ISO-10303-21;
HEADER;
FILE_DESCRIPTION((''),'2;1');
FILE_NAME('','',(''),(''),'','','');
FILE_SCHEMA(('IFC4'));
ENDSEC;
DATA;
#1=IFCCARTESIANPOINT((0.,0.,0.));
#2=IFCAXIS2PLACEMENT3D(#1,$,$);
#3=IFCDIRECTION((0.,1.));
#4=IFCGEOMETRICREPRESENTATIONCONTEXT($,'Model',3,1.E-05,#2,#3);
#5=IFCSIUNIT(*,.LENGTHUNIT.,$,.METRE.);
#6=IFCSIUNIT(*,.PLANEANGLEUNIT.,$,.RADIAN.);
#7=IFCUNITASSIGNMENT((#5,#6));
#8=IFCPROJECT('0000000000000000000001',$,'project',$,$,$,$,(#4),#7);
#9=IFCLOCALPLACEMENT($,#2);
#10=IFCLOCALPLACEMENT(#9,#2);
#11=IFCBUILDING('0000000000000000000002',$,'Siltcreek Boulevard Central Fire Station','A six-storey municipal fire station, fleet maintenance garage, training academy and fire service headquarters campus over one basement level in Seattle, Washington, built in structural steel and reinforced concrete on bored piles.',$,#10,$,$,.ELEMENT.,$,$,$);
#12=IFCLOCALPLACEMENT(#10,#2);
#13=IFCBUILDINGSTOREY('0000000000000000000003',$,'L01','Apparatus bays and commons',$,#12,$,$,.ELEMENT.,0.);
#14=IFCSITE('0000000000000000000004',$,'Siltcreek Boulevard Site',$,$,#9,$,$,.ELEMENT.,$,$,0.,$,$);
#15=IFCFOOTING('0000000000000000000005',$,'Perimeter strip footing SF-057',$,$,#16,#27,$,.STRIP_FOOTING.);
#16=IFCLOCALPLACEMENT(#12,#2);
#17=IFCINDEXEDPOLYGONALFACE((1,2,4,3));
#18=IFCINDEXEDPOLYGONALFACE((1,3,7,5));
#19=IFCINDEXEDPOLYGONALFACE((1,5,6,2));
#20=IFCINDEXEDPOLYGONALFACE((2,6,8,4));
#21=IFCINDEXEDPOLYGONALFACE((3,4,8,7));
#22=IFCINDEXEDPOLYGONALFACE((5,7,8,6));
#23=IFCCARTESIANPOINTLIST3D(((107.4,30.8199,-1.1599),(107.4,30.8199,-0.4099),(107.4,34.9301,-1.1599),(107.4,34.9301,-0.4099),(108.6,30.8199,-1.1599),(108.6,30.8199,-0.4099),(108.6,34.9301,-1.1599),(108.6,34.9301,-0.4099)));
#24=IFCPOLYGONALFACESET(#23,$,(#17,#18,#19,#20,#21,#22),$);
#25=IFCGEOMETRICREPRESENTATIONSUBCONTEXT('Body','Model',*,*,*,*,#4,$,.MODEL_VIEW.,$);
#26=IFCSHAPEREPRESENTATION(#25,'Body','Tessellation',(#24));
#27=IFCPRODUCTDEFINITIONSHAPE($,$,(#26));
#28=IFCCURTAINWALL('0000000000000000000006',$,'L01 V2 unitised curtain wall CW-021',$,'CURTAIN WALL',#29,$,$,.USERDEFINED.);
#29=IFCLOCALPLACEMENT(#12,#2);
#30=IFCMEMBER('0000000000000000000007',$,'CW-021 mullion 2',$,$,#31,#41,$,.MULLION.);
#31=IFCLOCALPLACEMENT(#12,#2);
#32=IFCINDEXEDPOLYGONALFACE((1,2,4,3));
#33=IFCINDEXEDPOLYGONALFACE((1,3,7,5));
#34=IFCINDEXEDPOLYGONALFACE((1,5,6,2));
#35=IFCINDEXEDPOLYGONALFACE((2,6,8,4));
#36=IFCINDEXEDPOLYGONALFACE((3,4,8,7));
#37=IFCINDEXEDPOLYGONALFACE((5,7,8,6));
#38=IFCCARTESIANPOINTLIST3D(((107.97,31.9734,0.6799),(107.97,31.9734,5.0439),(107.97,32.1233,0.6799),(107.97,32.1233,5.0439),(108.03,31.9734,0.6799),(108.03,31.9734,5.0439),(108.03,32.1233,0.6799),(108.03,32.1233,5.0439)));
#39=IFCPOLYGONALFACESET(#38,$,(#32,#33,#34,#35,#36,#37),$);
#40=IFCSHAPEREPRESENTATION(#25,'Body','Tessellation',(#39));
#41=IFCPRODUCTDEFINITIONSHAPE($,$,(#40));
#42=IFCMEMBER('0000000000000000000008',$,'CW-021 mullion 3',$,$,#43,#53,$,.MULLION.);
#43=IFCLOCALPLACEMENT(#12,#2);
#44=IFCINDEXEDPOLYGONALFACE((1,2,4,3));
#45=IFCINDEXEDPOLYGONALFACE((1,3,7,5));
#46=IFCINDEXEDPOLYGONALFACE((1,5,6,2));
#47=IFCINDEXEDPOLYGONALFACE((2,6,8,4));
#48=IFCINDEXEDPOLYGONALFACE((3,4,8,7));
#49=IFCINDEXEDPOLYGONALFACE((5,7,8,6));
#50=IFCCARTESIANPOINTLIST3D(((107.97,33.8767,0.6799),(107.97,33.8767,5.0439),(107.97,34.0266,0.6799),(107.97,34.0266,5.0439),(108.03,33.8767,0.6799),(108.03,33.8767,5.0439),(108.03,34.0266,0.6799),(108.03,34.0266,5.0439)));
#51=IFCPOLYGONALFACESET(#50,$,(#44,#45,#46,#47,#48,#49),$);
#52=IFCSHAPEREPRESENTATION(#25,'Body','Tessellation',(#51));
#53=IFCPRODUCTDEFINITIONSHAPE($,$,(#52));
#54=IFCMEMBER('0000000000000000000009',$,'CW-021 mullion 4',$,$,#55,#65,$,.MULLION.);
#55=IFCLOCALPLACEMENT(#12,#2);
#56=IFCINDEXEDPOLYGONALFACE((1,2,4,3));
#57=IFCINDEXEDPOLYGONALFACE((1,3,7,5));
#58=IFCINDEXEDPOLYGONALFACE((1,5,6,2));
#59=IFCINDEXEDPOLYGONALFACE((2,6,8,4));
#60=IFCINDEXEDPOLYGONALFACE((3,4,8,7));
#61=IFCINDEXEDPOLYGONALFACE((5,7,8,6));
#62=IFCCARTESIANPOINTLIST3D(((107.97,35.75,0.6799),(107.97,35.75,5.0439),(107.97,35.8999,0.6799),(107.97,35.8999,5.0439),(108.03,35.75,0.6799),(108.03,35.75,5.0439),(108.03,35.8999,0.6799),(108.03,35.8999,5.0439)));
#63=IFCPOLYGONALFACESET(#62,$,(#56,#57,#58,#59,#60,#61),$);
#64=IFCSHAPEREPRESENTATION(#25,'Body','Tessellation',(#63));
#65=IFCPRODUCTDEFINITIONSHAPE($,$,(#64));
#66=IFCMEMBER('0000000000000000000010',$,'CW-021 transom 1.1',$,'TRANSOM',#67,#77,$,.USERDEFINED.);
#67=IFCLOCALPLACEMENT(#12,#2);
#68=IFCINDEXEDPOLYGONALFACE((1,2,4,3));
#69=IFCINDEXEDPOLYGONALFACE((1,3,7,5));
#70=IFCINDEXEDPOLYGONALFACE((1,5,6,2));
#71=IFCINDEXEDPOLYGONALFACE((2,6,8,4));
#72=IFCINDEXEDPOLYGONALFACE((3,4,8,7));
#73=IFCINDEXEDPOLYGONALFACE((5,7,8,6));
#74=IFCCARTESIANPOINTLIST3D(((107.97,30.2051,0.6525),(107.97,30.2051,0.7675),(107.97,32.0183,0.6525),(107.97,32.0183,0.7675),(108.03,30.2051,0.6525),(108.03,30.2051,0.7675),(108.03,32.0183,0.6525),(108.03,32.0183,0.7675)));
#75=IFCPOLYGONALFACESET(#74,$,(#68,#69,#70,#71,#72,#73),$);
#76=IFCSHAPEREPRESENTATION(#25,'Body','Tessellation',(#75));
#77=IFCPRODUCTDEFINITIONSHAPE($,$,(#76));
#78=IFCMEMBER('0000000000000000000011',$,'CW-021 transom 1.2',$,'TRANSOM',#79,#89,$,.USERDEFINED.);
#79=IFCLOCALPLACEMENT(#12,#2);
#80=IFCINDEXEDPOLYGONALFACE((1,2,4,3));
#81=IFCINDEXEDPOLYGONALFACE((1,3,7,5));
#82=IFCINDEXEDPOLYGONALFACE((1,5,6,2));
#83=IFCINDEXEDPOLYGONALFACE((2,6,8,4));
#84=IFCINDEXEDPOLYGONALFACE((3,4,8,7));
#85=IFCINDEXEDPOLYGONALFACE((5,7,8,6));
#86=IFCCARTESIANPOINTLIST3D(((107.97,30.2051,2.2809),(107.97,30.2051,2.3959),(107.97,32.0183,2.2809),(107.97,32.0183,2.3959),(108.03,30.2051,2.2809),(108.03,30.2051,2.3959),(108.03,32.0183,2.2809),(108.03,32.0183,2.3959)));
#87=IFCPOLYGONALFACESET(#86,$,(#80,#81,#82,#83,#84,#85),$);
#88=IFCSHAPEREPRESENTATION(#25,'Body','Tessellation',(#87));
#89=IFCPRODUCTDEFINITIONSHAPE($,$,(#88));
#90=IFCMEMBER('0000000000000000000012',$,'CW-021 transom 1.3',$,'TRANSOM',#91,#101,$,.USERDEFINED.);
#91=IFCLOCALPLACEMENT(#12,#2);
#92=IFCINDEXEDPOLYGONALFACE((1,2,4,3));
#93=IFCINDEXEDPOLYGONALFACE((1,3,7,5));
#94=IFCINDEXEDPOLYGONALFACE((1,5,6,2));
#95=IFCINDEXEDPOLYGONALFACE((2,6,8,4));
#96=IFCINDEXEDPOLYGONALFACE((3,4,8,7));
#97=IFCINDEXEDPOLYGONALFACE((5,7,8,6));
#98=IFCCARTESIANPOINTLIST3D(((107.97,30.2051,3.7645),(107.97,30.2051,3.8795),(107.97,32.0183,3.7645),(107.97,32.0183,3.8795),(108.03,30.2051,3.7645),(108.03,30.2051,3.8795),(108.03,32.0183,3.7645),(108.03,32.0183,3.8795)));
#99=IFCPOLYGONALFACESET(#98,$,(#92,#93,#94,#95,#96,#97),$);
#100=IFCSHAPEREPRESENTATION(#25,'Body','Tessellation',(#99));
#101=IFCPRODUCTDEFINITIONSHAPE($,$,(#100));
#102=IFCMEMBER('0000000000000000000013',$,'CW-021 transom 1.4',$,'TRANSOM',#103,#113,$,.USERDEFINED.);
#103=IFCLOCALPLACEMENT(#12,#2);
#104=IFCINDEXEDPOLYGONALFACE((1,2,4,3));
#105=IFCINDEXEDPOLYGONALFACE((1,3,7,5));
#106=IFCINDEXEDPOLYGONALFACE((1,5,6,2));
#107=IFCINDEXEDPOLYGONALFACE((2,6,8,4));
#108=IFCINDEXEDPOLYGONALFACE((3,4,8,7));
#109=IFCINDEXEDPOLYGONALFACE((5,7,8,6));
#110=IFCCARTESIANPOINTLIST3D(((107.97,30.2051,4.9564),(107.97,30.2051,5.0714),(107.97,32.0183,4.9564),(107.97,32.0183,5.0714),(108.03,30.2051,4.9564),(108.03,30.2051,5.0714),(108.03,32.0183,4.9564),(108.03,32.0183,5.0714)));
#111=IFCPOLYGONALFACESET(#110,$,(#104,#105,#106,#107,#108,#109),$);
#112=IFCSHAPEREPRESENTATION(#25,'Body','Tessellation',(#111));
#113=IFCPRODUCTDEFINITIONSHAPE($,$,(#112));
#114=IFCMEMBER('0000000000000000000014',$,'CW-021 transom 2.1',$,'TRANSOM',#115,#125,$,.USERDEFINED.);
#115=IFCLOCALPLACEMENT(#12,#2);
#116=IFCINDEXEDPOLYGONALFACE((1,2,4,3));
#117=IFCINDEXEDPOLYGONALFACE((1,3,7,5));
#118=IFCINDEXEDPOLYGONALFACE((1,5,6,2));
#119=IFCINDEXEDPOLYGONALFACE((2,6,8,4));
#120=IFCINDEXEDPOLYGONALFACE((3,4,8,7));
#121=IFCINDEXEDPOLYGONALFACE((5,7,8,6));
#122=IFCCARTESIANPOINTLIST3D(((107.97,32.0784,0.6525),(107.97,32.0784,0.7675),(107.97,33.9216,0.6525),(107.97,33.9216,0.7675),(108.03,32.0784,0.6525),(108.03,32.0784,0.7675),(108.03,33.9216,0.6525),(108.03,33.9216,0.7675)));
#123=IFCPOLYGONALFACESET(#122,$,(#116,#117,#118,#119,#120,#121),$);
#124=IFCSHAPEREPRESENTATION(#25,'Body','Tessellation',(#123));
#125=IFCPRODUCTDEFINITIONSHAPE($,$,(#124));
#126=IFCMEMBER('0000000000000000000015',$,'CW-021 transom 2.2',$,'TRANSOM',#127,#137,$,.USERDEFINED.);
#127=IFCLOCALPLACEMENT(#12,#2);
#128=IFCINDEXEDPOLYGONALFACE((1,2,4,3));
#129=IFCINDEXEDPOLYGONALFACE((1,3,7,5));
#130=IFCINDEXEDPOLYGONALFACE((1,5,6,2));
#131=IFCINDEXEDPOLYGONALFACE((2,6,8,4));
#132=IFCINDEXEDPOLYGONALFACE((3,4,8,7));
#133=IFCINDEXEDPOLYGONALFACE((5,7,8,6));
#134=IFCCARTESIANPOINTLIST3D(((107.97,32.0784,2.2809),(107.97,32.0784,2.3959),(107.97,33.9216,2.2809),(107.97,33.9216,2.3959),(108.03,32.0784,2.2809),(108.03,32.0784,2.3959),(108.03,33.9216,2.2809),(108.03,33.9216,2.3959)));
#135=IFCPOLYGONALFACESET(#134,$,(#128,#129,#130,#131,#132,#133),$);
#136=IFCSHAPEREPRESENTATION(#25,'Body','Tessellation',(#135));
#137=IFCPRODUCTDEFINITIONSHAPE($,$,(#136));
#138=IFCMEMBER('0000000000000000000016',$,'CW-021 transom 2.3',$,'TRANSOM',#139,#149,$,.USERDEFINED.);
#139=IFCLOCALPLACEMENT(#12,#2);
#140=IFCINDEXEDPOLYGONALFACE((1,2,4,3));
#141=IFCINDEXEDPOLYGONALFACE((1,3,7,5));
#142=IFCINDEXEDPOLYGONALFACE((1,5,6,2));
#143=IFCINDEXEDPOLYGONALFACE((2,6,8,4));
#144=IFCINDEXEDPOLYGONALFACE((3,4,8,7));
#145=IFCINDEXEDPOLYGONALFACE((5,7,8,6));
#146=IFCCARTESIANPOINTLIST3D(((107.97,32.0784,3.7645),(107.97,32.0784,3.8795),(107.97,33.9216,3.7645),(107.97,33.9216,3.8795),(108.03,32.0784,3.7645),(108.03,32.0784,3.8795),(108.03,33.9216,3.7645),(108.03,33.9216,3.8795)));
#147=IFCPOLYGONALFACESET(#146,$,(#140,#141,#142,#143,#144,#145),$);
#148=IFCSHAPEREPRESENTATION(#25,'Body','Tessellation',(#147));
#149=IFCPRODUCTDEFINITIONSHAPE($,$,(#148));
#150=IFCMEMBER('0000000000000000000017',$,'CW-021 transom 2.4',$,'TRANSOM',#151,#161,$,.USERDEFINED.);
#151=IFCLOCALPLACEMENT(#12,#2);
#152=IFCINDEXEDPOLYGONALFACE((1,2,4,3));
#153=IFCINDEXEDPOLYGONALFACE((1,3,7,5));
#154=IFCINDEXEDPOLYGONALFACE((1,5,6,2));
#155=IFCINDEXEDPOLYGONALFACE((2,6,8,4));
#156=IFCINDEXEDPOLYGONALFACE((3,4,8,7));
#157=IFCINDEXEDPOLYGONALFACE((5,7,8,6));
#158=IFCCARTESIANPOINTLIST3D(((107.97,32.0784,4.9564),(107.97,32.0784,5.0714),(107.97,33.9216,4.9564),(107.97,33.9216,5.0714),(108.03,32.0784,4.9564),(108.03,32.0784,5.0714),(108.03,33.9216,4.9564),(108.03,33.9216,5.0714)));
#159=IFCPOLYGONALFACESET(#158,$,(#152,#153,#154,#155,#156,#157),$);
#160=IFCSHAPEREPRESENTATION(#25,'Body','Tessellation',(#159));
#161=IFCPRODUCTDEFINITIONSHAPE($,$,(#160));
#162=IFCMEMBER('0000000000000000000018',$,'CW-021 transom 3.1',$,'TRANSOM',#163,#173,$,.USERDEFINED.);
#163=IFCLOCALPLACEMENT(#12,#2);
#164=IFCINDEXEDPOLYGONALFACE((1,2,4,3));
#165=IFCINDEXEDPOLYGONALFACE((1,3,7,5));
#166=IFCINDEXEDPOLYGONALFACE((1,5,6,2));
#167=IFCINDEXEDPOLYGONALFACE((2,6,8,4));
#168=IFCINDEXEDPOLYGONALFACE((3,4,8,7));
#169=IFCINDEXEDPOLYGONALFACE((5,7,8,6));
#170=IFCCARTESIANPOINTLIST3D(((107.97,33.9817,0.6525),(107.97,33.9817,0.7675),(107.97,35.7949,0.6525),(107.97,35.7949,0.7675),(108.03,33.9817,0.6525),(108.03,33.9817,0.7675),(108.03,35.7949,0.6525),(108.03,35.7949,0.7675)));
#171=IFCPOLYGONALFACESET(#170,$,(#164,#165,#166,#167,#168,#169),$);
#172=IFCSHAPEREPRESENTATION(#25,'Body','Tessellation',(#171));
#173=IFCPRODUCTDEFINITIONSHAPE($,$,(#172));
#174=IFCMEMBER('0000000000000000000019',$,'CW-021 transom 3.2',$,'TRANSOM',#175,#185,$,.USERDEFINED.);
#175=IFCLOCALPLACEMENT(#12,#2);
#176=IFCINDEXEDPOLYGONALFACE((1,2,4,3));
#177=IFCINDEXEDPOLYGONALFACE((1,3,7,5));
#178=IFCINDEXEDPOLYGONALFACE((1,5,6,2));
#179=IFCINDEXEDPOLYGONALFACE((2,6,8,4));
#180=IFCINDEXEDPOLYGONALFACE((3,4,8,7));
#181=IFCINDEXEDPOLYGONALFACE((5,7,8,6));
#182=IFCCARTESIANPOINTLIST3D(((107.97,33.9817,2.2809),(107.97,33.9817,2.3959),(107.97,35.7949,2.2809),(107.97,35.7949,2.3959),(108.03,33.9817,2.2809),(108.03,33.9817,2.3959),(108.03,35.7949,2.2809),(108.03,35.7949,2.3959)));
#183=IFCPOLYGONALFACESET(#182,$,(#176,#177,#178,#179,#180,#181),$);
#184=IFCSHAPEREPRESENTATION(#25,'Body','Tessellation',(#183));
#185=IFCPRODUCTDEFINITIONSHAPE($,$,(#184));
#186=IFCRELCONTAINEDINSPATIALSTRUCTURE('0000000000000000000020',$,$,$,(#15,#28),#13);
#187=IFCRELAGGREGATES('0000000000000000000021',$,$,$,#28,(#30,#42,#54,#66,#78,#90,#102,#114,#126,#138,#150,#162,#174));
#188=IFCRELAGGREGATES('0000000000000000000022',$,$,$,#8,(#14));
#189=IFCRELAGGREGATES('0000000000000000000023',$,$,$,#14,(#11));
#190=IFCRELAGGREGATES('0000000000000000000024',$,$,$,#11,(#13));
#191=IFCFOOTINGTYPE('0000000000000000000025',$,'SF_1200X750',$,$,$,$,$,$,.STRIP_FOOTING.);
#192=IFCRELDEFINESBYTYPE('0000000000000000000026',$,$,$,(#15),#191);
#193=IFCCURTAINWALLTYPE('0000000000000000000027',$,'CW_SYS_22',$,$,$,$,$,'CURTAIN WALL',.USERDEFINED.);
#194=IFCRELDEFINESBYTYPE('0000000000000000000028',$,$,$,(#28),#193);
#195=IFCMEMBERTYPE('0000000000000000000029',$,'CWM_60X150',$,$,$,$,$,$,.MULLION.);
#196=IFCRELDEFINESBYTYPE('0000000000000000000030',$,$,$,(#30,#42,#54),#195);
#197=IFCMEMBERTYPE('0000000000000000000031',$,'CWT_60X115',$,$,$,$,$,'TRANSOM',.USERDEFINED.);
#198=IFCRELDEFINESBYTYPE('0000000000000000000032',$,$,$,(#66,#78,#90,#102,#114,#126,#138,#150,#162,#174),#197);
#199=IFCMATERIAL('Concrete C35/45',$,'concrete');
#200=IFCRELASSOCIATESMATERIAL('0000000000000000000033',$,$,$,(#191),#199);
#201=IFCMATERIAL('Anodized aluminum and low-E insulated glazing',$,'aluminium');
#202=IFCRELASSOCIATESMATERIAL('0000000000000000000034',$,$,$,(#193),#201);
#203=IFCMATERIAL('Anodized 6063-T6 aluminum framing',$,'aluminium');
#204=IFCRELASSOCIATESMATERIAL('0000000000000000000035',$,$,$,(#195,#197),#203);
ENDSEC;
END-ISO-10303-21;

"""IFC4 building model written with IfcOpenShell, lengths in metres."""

from ifc_helpers import new_model, si_unit, direction, frame, origin, origin_2d, place, context, subcontext, project, spatial, rectangle, extrude, material, material_profile, profile_set, type_object, element, aggregate, save


model = new_model("IFC4")

# Units and contexts
model_context = context("Model", 3, precision=1e-05, world=origin(), true_north=direction((0.0, 1.0)))
body_context = subcontext(model_context, "Body", "Model", "MODEL_VIEW")
ifc_project = project(units=[si_unit("LENGTHUNIT", "METRE"), si_unit("PLANEANGLEUNIT", "RADIAN")], contexts=[model_context])

# Site, building, storey
site_placement = place(None, origin())
site = spatial("IfcSite", under=ifc_project, at=site_placement, Name="Siltcreek Boulevard Site", CompositionType="ELEMENT", RefElevation=0.0)
building_placement = place(site_placement, origin())
building = spatial("IfcBuilding", under=site, at=building_placement, Name="Siltcreek Boulevard Central Fire Station", Description="A six-storey municipal fire station, fleet maintenance garage, training academy and fire service headquarters campus over one basement level in Seattle, Washington, built in structural steel and reinforced concrete on bored piles.", CompositionType="ELEMENT")
storey_placement = place(building_placement, origin())
storey = spatial("IfcBuildingStorey", under=building, at=storey_placement, Name="L01", Description="Apparatus bays and commons", CompositionType="ELEMENT", Elevation=0.0)

# Footing
ifc_material_1 = material(Name="Concrete C35/45", Category="concrete")
footing_type = type_object("IfcFootingType", Name="SF_1200X750", PredefinedType="STRIP_FOOTING", material=ifc_material_1)
footing_placement = place(storey_placement, frame((108.0, 32.875, -1.1599), z_axis=(0.0, 0.0, 1.0), x_axis=(1.0, 0.0, 0.0)))
element("IfcFooting", 1, at=footing_placement, inside=storey, type_object=footing_type, Name="Perimeter strip footing SF-057", PredefinedType="STRIP_FOOTING", context=body_context, shape_type="SweptSolid", body=[
    extrude(rectangle(XDim=1.2, YDim=4.1101, at=origin_2d()), origin(), (0.0, 0.0, 1.0), 0.75),
])

# Curtain wall, members
ifc_material_2 = material(Name="Anodized aluminum and low-E insulated glazing", Category="aluminium")
curtain_wall_type_1 = type_object("IfcCurtainWallType", Name="CW_SYS_22", ElementType="CURTAIN WALL", PredefinedType="USERDEFINED", material=ifc_material_2)
curtain_wall_1_placement = place(storey_placement, origin())
curtain_wall_1 = element("IfcCurtainWall", 2, at=curtain_wall_1_placement, inside=storey, type_object=curtain_wall_type_1, Name="L01 V2 unitised curtain wall CW-021", ObjectType="CURTAIN WALL", PredefinedType="USERDEFINED")
ifc_material_3 = material(Name="Anodized 6063-T6 aluminum framing", Category="aluminium")
ifc_material_profile_1 = material_profile(ifc_material_3, rectangle(XDim=0.0601, YDim=0.1499, at=origin_2d()), Name="MULL60X150")
ifc_profile_set_1 = profile_set([ifc_material_profile_1], Name="Anodized 6063-T6 aluminum framing")
member_type_1 = type_object("IfcMemberType", Name="CWM_60X150", PredefinedType="MULLION", material=ifc_profile_set_1)
member_1_placement = place(storey_placement, frame((108.0, 32.0483, 0.6799), z_axis=(0.0, 0.0, 1.0), x_axis=(-1.0, 0.0, 0.0)))
member_1 = element("IfcMember", 3, at=member_1_placement, type_object=member_type_1, Name="CW-021 mullion 2", PredefinedType="MULLION", context=body_context, shape_type="SweptSolid", body=[
    extrude(rectangle(XDim=0.0601, YDim=0.1499, at=origin_2d()), origin(), (0.0, 0.0, 1.0), 4.364),
])
member_2_placement = place(storey_placement, frame((108.0, 33.9517, 0.6799), z_axis=(0.0, 0.0, 1.0), x_axis=(-1.0, 0.0, 0.0)))
member_2 = element("IfcMember", 4, at=member_2_placement, type_object=member_type_1, Name="CW-021 mullion 3", PredefinedType="MULLION", context=body_context, shape_type="SweptSolid", body=[
    extrude(rectangle(XDim=0.0601, YDim=0.1499, at=origin_2d()), origin(), (0.0, 0.0, 1.0), 4.364),
])
member_3_placement = place(storey_placement, frame((108.0, 35.825, 0.6799), z_axis=(0.0, 0.0, 1.0), x_axis=(-1.0, 0.0, 0.0)))
member_3 = element("IfcMember", 5, at=member_3_placement, type_object=member_type_1, Name="CW-021 mullion 4", PredefinedType="MULLION", context=body_context, shape_type="SweptSolid", body=[
    extrude(rectangle(XDim=0.0601, YDim=0.1499, at=origin_2d()), origin(), (0.0, 0.0, 1.0), 4.364),
])
ifc_material_profile_2 = material_profile(ifc_material_3, rectangle(XDim=0.0601, YDim=0.115, at=origin_2d()), Name="TRAN60X115")
ifc_profile_set_2 = profile_set([ifc_material_profile_2], Name="Anodized 6063-T6 aluminum framing")
member_type_2 = type_object("IfcMemberType", Name="CWT_60X115", ElementType="TRANSOM", PredefinedType="USERDEFINED", material=ifc_profile_set_2)
member_4_placement = place(storey_placement, frame((108.0, 30.2051, 0.71), z_axis=(0.0, 1.0, 0.0), x_axis=(-1.0, 0.0, 0.0)))
member_4 = element("IfcMember", 6, at=member_4_placement, type_object=member_type_2, Name="CW-021 transom 1.1", ObjectType="TRANSOM", PredefinedType="USERDEFINED", context=body_context, shape_type="SweptSolid", body=[
    extrude(rectangle(XDim=0.0601, YDim=0.115, at=origin_2d()), origin(), (0.0, 0.0, 1.0), 1.8132),
])
member_5_placement = place(storey_placement, frame((108.0, 30.2051, 2.3384), z_axis=(0.0, 1.0, 0.0), x_axis=(-1.0, 0.0, 0.0)))
member_5 = element("IfcMember", 7, at=member_5_placement, type_object=member_type_2, Name="CW-021 transom 1.2", ObjectType="TRANSOM", PredefinedType="USERDEFINED", context=body_context, shape_type="SweptSolid", body=[
    extrude(rectangle(XDim=0.0601, YDim=0.115, at=origin_2d()), origin(), (0.0, 0.0, 1.0), 1.8132),
])
member_6_placement = place(storey_placement, frame((108.0, 30.2051, 3.822), z_axis=(0.0, 1.0, 0.0), x_axis=(-1.0, 0.0, 0.0)))
member_6 = element("IfcMember", 8, at=member_6_placement, type_object=member_type_2, Name="CW-021 transom 1.3", ObjectType="TRANSOM", PredefinedType="USERDEFINED", context=body_context, shape_type="SweptSolid", body=[
    extrude(rectangle(XDim=0.0601, YDim=0.115, at=origin_2d()), origin(), (0.0, 0.0, 1.0), 1.8132),
])
member_7_placement = place(storey_placement, frame((108.0, 30.2051, 5.0139), z_axis=(0.0, 1.0, 0.0), x_axis=(-1.0, 0.0, 0.0)))
member_7 = element("IfcMember", 9, at=member_7_placement, type_object=member_type_2, Name="CW-021 transom 1.4", ObjectType="TRANSOM", PredefinedType="USERDEFINED", context=body_context, shape_type="SweptSolid", body=[
    extrude(rectangle(XDim=0.0601, YDim=0.115, at=origin_2d()), origin(), (0.0, 0.0, 1.0), 1.8132),
])
member_8_placement = place(storey_placement, frame((108.0, 32.0784, 0.71), z_axis=(0.0, 1.0, 0.0), x_axis=(-1.0, 0.0, 0.0)))
member_8 = element("IfcMember", 10, at=member_8_placement, type_object=member_type_2, Name="CW-021 transom 2.1", ObjectType="TRANSOM", PredefinedType="USERDEFINED", context=body_context, shape_type="SweptSolid", body=[
    extrude(rectangle(XDim=0.0601, YDim=0.115, at=origin_2d()), origin(), (0.0, 0.0, 1.0), 1.8433),
])
member_9_placement = place(storey_placement, frame((108.0, 32.0784, 2.3384), z_axis=(0.0, 1.0, 0.0), x_axis=(-1.0, 0.0, 0.0)))
member_9 = element("IfcMember", 11, at=member_9_placement, type_object=member_type_2, Name="CW-021 transom 2.2", ObjectType="TRANSOM", PredefinedType="USERDEFINED", context=body_context, shape_type="SweptSolid", body=[
    extrude(rectangle(XDim=0.0601, YDim=0.115, at=origin_2d()), origin(), (0.0, 0.0, 1.0), 1.8433),
])
member_10_placement = place(storey_placement, frame((108.0, 32.0784, 3.822), z_axis=(0.0, 1.0, 0.0), x_axis=(-1.0, 0.0, 0.0)))
member_10 = element("IfcMember", 12, at=member_10_placement, type_object=member_type_2, Name="CW-021 transom 2.3", ObjectType="TRANSOM", PredefinedType="USERDEFINED", context=body_context, shape_type="SweptSolid", body=[
    extrude(rectangle(XDim=0.0601, YDim=0.115, at=origin_2d()), origin(), (0.0, 0.0, 1.0), 1.8433),
])
member_11_placement = place(storey_placement, frame((108.0, 32.0784, 5.0139), z_axis=(0.0, 1.0, 0.0), x_axis=(-1.0, 0.0, 0.0)))
member_11 = element("IfcMember", 13, at=member_11_placement, type_object=member_type_2, Name="CW-021 transom 2.4", ObjectType="TRANSOM", PredefinedType="USERDEFINED", context=body_context, shape_type="SweptSolid", body=[
    extrude(rectangle(XDim=0.0601, YDim=0.115, at=origin_2d()), origin(), (0.0, 0.0, 1.0), 1.8433),
])
member_12_placement = place(storey_placement, frame((108.0, 33.9817, 0.71), z_axis=(0.0, 1.0, 0.0), x_axis=(-1.0, 0.0, 0.0)))
member_12 = element("IfcMember", 14, at=member_12_placement, type_object=member_type_2, Name="CW-021 transom 3.1", ObjectType="TRANSOM", PredefinedType="USERDEFINED", context=body_context, shape_type="SweptSolid", body=[
    extrude(rectangle(XDim=0.0601, YDim=0.115, at=origin_2d()), origin(), (0.0, 0.0, 1.0), 1.8132),
])
member_13_placement = place(storey_placement, frame((108.0, 33.9817, 2.3384), z_axis=(0.0, 1.0, 0.0), x_axis=(-1.0, 0.0, 0.0)))
member_13 = element("IfcMember", 15, at=member_13_placement, type_object=member_type_2, Name="CW-021 transom 3.2", ObjectType="TRANSOM", PredefinedType="USERDEFINED", context=body_context, shape_type="SweptSolid", body=[
    extrude(rectangle(XDim=0.0601, YDim=0.115, at=origin_2d()), origin(), (0.0, 0.0, 1.0), 1.8132),
])

aggregate(curtain_wall_1, [member_1, member_2, member_3, member_4, member_5, member_6, member_7, member_8, member_9, member_10, member_11, member_12, member_13])

save(model, "model.ifc")
